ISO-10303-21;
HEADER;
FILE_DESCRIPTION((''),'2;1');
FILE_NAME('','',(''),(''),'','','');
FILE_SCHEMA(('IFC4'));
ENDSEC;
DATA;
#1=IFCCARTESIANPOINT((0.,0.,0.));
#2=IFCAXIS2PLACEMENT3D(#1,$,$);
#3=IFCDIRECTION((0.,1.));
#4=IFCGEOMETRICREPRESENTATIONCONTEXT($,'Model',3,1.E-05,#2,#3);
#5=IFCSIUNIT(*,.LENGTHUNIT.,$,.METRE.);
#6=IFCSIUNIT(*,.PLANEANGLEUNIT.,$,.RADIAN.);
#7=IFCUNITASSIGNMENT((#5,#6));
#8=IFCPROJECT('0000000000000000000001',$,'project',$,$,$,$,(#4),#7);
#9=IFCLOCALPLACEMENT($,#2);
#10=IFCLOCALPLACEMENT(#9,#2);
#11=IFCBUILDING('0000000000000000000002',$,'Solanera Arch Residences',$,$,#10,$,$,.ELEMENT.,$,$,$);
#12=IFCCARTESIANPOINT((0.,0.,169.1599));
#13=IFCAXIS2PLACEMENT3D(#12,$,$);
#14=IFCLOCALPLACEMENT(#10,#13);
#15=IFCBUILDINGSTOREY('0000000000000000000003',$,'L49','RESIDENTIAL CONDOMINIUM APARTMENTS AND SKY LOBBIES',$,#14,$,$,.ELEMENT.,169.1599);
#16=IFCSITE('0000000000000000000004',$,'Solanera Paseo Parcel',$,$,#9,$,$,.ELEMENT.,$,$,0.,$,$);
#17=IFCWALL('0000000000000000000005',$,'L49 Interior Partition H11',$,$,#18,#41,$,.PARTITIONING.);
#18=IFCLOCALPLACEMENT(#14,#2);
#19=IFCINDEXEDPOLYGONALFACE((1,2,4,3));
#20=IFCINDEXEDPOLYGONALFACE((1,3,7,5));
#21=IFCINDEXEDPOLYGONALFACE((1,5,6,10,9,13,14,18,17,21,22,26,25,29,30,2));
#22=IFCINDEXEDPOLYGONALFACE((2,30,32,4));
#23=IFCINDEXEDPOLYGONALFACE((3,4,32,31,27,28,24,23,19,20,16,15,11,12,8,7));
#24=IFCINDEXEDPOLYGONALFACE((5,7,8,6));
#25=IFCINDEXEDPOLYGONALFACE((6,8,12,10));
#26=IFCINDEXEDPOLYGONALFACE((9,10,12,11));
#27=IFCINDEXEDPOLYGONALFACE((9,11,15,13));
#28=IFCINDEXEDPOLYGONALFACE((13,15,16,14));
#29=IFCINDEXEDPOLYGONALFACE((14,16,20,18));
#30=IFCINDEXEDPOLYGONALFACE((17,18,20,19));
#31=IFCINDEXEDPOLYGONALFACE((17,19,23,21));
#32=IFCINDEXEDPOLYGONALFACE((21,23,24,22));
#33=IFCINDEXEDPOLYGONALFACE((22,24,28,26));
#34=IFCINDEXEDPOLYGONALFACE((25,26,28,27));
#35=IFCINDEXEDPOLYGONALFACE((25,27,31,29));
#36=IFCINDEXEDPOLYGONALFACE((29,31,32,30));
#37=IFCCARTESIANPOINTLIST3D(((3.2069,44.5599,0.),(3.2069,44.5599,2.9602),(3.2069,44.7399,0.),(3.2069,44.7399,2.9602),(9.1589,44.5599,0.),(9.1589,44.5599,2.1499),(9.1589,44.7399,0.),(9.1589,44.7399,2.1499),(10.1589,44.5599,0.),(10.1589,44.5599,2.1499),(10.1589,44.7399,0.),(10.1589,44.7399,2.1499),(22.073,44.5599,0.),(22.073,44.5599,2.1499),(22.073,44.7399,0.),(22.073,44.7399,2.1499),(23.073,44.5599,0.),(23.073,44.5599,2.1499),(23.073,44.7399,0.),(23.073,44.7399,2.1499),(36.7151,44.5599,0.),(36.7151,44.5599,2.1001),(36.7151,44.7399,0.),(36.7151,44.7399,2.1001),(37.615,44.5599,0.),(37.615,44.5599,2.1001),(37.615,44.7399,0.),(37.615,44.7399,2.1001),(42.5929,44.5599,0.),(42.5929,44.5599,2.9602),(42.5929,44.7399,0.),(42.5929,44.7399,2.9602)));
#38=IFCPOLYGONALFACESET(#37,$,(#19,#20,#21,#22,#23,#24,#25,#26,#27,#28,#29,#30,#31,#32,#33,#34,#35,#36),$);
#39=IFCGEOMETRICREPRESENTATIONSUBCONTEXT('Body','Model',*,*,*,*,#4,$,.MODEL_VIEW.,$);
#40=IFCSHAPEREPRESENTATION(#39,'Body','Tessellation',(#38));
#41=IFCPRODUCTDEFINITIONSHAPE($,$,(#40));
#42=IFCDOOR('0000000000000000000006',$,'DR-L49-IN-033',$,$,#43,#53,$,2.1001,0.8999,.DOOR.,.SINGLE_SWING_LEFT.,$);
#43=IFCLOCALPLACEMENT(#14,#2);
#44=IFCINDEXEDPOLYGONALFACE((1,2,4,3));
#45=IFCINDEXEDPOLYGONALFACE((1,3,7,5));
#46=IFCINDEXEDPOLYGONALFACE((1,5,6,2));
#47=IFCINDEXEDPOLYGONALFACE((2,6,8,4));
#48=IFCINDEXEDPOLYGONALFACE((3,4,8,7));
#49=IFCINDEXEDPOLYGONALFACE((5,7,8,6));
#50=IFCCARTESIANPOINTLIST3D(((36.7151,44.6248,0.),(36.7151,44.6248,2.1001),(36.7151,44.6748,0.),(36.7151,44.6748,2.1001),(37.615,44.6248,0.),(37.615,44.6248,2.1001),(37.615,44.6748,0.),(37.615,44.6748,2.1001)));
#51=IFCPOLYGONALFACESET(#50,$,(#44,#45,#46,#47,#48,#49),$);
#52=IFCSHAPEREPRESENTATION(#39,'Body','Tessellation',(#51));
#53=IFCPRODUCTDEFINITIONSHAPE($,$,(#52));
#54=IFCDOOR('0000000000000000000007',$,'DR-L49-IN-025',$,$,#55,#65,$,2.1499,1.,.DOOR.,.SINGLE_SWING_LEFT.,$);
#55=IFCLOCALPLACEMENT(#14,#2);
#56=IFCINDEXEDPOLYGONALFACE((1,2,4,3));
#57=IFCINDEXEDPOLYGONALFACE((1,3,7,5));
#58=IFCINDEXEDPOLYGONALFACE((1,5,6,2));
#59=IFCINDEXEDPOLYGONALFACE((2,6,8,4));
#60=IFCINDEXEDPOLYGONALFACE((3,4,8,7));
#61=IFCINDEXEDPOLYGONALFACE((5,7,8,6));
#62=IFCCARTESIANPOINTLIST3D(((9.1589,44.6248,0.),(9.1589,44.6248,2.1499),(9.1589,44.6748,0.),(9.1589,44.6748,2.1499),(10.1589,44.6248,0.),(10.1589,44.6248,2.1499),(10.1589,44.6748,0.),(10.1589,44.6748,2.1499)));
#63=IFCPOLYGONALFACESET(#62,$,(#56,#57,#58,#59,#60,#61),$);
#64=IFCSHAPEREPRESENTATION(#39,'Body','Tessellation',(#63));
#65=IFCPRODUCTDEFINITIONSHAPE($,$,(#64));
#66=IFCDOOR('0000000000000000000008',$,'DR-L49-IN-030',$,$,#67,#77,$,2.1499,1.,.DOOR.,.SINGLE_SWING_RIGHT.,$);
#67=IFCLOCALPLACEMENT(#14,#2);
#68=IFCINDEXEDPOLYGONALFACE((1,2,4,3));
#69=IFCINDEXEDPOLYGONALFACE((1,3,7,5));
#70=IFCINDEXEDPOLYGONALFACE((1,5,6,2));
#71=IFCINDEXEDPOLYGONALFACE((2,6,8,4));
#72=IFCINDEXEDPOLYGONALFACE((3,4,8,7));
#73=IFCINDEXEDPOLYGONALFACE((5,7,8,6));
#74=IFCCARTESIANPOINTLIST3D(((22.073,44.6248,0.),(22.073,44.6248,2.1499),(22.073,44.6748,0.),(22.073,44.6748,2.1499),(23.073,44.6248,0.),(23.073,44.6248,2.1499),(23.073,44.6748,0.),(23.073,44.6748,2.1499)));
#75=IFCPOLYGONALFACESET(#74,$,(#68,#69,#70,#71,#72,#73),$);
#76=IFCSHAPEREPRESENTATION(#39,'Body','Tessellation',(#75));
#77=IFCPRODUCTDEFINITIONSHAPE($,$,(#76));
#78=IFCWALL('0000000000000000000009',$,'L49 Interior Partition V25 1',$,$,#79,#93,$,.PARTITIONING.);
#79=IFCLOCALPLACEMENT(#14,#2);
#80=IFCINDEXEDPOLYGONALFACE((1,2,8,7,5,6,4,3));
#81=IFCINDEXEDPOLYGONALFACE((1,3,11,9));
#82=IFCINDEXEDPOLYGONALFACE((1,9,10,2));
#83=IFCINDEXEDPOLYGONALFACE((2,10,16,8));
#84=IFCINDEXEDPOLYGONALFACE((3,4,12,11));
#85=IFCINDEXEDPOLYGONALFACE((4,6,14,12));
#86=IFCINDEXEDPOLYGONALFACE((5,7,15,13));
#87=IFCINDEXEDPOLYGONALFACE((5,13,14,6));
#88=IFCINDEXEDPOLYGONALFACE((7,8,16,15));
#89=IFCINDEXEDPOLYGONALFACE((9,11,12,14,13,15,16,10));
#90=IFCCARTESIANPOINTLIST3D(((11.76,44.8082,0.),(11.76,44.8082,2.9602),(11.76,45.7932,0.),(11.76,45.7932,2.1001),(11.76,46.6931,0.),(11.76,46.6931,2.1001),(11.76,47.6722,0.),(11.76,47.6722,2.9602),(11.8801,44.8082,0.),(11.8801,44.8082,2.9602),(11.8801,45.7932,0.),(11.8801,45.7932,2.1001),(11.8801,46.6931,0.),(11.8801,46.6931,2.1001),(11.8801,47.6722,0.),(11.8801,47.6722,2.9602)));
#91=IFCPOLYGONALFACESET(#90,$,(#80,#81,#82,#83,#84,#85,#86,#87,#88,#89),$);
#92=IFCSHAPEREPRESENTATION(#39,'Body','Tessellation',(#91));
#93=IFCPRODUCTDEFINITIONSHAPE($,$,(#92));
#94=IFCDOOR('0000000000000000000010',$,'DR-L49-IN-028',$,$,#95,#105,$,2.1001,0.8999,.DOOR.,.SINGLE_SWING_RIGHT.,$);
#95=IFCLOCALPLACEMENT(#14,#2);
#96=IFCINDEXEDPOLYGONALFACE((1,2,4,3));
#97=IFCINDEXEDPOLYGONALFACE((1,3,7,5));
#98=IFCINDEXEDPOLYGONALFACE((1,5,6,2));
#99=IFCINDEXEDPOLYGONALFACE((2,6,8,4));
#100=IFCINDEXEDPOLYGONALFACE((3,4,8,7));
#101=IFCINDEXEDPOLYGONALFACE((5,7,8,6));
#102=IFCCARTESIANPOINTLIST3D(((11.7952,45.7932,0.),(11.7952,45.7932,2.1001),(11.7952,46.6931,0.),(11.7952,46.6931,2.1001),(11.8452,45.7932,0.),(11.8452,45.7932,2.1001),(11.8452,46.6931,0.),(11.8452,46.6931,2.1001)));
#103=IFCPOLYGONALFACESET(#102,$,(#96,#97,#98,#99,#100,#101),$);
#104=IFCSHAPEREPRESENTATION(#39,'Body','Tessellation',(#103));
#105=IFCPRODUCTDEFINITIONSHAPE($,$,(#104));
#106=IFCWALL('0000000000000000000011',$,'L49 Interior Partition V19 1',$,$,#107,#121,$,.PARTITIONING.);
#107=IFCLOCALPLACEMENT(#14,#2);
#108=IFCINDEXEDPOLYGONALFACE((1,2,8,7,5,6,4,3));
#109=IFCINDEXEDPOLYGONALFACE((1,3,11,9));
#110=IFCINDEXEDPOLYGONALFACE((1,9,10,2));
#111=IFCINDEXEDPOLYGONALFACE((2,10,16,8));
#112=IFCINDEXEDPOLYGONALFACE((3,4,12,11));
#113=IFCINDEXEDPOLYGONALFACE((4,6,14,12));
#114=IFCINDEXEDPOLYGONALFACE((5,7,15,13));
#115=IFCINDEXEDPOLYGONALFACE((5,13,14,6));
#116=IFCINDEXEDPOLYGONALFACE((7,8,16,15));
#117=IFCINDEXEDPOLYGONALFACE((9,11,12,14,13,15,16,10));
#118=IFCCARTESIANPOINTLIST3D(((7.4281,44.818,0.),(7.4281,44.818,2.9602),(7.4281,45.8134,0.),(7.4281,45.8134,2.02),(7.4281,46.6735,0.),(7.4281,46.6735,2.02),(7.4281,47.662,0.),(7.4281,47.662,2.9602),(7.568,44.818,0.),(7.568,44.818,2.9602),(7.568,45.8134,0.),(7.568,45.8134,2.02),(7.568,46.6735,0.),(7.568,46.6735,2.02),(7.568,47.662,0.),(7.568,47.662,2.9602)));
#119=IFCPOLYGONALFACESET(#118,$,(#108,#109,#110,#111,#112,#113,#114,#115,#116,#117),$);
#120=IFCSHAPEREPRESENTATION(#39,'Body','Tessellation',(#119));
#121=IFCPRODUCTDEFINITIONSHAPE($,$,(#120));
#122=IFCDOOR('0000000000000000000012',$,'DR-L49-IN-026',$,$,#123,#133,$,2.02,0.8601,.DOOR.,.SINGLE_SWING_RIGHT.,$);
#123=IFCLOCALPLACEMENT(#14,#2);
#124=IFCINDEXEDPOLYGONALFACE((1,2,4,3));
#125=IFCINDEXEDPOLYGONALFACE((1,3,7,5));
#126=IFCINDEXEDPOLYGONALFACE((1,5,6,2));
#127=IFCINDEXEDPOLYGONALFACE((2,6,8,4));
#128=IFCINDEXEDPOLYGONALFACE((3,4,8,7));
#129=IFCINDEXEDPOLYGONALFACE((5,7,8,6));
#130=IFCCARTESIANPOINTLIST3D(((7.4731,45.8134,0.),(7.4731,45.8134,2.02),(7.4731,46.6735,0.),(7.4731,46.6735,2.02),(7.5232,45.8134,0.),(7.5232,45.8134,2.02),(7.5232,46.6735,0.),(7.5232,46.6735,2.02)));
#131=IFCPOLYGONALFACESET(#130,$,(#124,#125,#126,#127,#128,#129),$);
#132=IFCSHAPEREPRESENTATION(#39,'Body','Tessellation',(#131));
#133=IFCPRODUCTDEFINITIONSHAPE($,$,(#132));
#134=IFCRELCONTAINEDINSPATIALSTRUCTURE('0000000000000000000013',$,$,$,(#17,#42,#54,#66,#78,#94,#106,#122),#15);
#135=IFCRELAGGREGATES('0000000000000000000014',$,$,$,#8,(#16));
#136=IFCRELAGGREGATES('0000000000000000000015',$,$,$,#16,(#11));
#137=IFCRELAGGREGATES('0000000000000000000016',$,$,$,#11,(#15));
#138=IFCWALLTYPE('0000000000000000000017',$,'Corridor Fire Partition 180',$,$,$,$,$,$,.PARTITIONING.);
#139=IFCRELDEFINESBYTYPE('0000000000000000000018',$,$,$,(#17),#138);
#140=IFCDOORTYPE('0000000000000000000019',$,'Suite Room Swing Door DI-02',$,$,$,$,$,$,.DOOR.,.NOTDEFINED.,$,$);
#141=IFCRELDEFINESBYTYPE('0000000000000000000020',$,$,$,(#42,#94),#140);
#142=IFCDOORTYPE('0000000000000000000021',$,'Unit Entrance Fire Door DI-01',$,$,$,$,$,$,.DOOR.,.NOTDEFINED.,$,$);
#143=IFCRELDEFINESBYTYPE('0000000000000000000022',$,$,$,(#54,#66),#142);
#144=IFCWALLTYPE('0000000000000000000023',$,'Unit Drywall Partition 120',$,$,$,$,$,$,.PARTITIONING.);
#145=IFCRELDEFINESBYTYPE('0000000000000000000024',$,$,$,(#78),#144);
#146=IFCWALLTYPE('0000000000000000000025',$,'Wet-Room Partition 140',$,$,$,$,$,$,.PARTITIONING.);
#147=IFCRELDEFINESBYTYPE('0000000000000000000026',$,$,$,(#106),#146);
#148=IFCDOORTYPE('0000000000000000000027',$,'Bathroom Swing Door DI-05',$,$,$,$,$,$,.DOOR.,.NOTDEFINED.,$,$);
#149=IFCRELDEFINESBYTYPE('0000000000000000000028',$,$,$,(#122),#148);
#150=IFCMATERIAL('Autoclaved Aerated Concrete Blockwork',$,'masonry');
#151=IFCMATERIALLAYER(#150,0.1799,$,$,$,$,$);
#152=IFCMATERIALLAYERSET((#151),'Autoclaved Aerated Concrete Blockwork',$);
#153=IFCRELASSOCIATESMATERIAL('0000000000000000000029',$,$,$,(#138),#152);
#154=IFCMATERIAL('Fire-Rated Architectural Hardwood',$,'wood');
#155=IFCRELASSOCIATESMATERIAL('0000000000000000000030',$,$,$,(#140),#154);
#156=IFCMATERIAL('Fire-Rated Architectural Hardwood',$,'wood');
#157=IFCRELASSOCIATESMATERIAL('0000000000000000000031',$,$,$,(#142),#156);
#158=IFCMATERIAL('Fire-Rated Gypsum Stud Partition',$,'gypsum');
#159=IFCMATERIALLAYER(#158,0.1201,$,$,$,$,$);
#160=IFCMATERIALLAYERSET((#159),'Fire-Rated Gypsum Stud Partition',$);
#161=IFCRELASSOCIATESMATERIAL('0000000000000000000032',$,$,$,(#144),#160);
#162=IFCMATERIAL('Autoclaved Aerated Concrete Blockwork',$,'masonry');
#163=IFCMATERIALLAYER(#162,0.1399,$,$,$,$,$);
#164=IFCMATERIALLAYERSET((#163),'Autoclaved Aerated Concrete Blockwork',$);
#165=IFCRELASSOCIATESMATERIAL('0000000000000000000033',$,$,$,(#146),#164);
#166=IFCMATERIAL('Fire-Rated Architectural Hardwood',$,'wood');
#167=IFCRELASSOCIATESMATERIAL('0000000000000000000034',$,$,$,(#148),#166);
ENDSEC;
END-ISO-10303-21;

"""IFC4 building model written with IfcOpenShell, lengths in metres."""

from ifc_helpers import new_model, si_unit, direction, frame, frame_2d, origin, place, context, subcontext, project, spatial, rectangle, extrude, material, layer, layer_set, type_object, element, fill, save


model = new_model("IFC4")

# Units and contexts
model_context = context("Model", 3, precision=1e-05, world=origin(), true_north=direction((0.0, 1.0)))
body_context = subcontext(model_context, "Body", "Model", "MODEL_VIEW")
ifc_project = project(units=[si_unit("LENGTHUNIT", "METRE"), si_unit("PLANEANGLEUNIT", "RADIAN")], contexts=[model_context])

# Site, building, storey
site_placement = place(None, origin())
site = spatial("IfcSite", under=ifc_project, at=site_placement, Name="Solanera Paseo Parcel", CompositionType="ELEMENT", RefElevation=0.0)
building_placement = place(site_placement, origin())
building = spatial("IfcBuilding", under=site, at=building_placement, Name="Solanera Arch Residences", CompositionType="ELEMENT")
storey_placement = place(building_placement, frame((0.0, 0.0, 169.1599)))
storey = spatial("IfcBuildingStorey", under=building, at=storey_placement, Name="L49", Description="RESIDENTIAL CONDOMINIUM APARTMENTS AND SKY LOBBIES", CompositionType="ELEMENT", Elevation=169.1599)

# Wall, openings, doors
ifc_material_1 = material(Name="Autoclaved Aerated Concrete Blockwork", Category="masonry")
ifc_layer_1 = layer(ifc_material_1, 0.1799)
ifc_layer_set_1 = layer_set([ifc_layer_1], Name="Autoclaved Aerated Concrete Blockwork")
wall_type_1 = type_object("IfcWallType", Name="Corridor Fire Partition 180", PredefinedType="PARTITIONING", material=ifc_layer_set_1)
wall_1_placement = place(storey_placement, frame((3.207, 44.6499, 0.0), z_axis=(0.0, 0.0, 1.0), x_axis=(1.0, 0.0, 0.0)))
wall_1 = element("IfcWall", 1, at=wall_1_placement, inside=storey, type_object=wall_type_1, Name="L49 Interior Partition H11", PredefinedType="PARTITIONING", context=body_context, shape_type="SweptSolid", body=[
    extrude(rectangle(XDim=39.386, YDim=0.1799, at=frame_2d((19.6929, 0.0))), origin(), (0.0, 0.0, 1.0), 2.9602),
])
opening_1_placement = place(wall_1_placement, frame((5.9519, 0.0, 0.0)))
opening_1 = element("IfcOpeningElement", 2, at=opening_1_placement, cuts=wall_1, PredefinedType="OPENING", context=body_context, shape_type="SweptSolid", body=[
    extrude(rectangle(XDim=1.0, YDim=2.1499, at=frame_2d((0.5, 1.075))), frame((0.0, 0.1001, 0.0), z_axis=(0.0, -1.0, 0.0), x_axis=(1.0, 0.0, 0.0)), (0.0, 0.0, 1.0), 0.1999),
])
opening_2_placement = place(wall_1_placement, frame((18.866, 0.0, 0.0)))
opening_2 = element("IfcOpeningElement", 3, at=opening_2_placement, cuts=wall_1, PredefinedType="OPENING", context=body_context, shape_type="SweptSolid", body=[
    extrude(rectangle(XDim=1.0, YDim=2.1499, at=frame_2d((0.5, 1.075))), frame((0.0, 0.1001, 0.0), z_axis=(0.0, -1.0, 0.0), x_axis=(1.0, 0.0, 0.0)), (0.0, 0.0, 1.0), 0.1999),
])
opening_3_placement = place(wall_1_placement, frame((33.5081, 0.0, 0.0)))
opening_3 = element("IfcOpeningElement", 4, at=opening_3_placement, cuts=wall_1, PredefinedType="OPENING", context=body_context, shape_type="SweptSolid", body=[
    extrude(rectangle(XDim=0.8999, YDim=2.1001, at=frame_2d((0.45, 1.05))), frame((0.0, 0.1001, 0.0), z_axis=(0.0, -1.0, 0.0), x_axis=(1.0, 0.0, 0.0)), (0.0, 0.0, 1.0), 0.1999),
])
ifc_material_2 = material(Name="Fire-Rated Architectural Hardwood", Category="wood")
door_type_1 = type_object("IfcDoorType", Name="Suite Room Swing Door DI-02", OperationType="NOTDEFINED", PredefinedType="DOOR", material=ifc_material_2)
door_1_placement = place(opening_3_placement, origin())
door_1 = element("IfcDoor", 5, at=door_1_placement, inside=storey, type_object=door_type_1, Name="DR-L49-IN-033", OperationType="SINGLE_SWING_LEFT", OverallHeight=2.1001, OverallWidth=0.8999, PredefinedType="DOOR", context=body_context, shape_type="SweptSolid", body=[
    extrude(rectangle(XDim=0.8999, YDim=2.1001, at=frame_2d((0.45, 1.05))), frame((0.0, 0.0249, 0.0), z_axis=(0.0, -1.0, 0.0), x_axis=(1.0, 0.0, 0.0)), (0.0, 0.0, 1.0), 0.05),
])
fill(opening_3, door_1)
ifc_material_3 = material(Name="Fire-Rated Architectural Hardwood", Category="wood")
door_type_2 = type_object("IfcDoorType", Name="Unit Entrance Fire Door DI-01", OperationType="NOTDEFINED", PredefinedType="DOOR", material=ifc_material_3)
door_2_placement = place(opening_1_placement, origin())
door_2 = element("IfcDoor", 6, at=door_2_placement, inside=storey, type_object=door_type_2, Name="DR-L49-IN-025", OperationType="SINGLE_SWING_LEFT", OverallHeight=2.1499, OverallWidth=1.0, PredefinedType="DOOR", context=body_context, shape_type="SweptSolid", body=[
    extrude(rectangle(XDim=1.0, YDim=2.1499, at=frame_2d((0.5, 1.075))), frame((0.0, 0.0249, 0.0), z_axis=(0.0, -1.0, 0.0), x_axis=(1.0, 0.0, 0.0)), (0.0, 0.0, 1.0), 0.05),
])
fill(opening_1, door_2)
door_3_placement = place(opening_2_placement, origin())
door_3 = element("IfcDoor", 7, at=door_3_placement, inside=storey, type_object=door_type_2, Name="DR-L49-IN-030", OperationType="SINGLE_SWING_RIGHT", OverallHeight=2.1499, OverallWidth=1.0, PredefinedType="DOOR", context=body_context, shape_type="SweptSolid", body=[
    extrude(rectangle(XDim=1.0, YDim=2.1499, at=frame_2d((0.5, 1.075))), frame((0.0, 0.0249, 0.0), z_axis=(0.0, -1.0, 0.0), x_axis=(1.0, 0.0, 0.0)), (0.0, 0.0, 1.0), 0.05),
])
fill(opening_2, door_3)

# Walls, openings, doors
ifc_material_4 = material(Name="Fire-Rated Gypsum Stud Partition", Category="gypsum")
ifc_layer_2 = layer(ifc_material_4, 0.1201)
ifc_layer_set_2 = layer_set([ifc_layer_2], Name="Fire-Rated Gypsum Stud Partition")
wall_type_2 = type_object("IfcWallType", Name="Unit Drywall Partition 120", PredefinedType="PARTITIONING", material=ifc_layer_set_2)
wall_2_placement = place(storey_placement, frame((11.8201, 44.8081, 0.0), z_axis=(0.0, 0.0, 1.0), x_axis=(0.0, 1.0, 0.0)))
wall_2 = element("IfcWall", 8, at=wall_2_placement, inside=storey, type_object=wall_type_2, Name="L49 Interior Partition V25 1", PredefinedType="PARTITIONING", context=body_context, shape_type="SweptSolid", body=[
    extrude(rectangle(XDim=2.864, YDim=0.1201, at=frame_2d((1.4321, 0.0))), origin(), (0.0, 0.0, 1.0), 2.9602),
])
opening_4_placement = place(wall_2_placement, frame((0.9851, 0.0, 0.0)))
opening_4 = element("IfcOpeningElement", 9, at=opening_4_placement, cuts=wall_2, PredefinedType="OPENING", context=body_context, shape_type="SweptSolid", body=[
    extrude(rectangle(XDim=0.8999, YDim=2.1001, at=frame_2d((0.45, 1.05))), frame((0.0, 0.0701, 0.0), z_axis=(0.0, -1.0, 0.0), x_axis=(1.0, 0.0, 0.0)), (0.0, 0.0, 1.0), 0.1401),
])
door_4_placement = place(opening_4_placement, origin())
door_4 = element("IfcDoor", 10, at=door_4_placement, inside=storey, type_object=door_type_1, Name="DR-L49-IN-028", OperationType="SINGLE_SWING_RIGHT", OverallHeight=2.1001, OverallWidth=0.8999, PredefinedType="DOOR", context=body_context, shape_type="SweptSolid", body=[
    extrude(rectangle(XDim=0.8999, YDim=2.1001, at=frame_2d((0.45, 1.05))), frame((0.0, 0.0249, 0.0), z_axis=(0.0, -1.0, 0.0), x_axis=(1.0, 0.0, 0.0)), (0.0, 0.0, 1.0), 0.05),
])
fill(opening_4, door_4)
ifc_material_5 = material(Name="Autoclaved Aerated Concrete Blockwork", Category="masonry")
ifc_layer_3 = layer(ifc_material_5, 0.1399)
ifc_layer_set_3 = layer_set([ifc_layer_3], Name="Autoclaved Aerated Concrete Blockwork")
wall_type_3 = type_object("IfcWallType", Name="Wet-Room Partition 140", PredefinedType="PARTITIONING", material=ifc_layer_set_3)
wall_3_placement = place(storey_placement, frame((7.498, 44.8181, 0.0), z_axis=(0.0, 0.0, 1.0), x_axis=(0.0, 1.0, 0.0)))
wall_3 = element("IfcWall", 11, at=wall_3_placement, inside=storey, type_object=wall_type_3, Name="L49 Interior Partition V19 1", PredefinedType="PARTITIONING", context=body_context, shape_type="SweptSolid", body=[
    extrude(rectangle(XDim=2.844, YDim=0.1399, at=frame_2d((1.4219, 0.0))), origin(), (0.0, 0.0, 1.0), 2.9602),
])
opening_5_placement = place(wall_3_placement, frame((0.9951, 0.0, 0.0)))
opening_5 = element("IfcOpeningElement", 12, at=opening_5_placement, cuts=wall_3, PredefinedType="OPENING", context=body_context, shape_type="SweptSolid", body=[
    extrude(rectangle(XDim=0.8601, YDim=2.02, at=frame_2d((0.4302, 1.01))), frame((0.0, 0.0798, 0.0), z_axis=(0.0, -1.0, 0.0), x_axis=(1.0, 0.0, 0.0)), (0.0, 0.0, 1.0), 0.1599),
])
ifc_material_6 = material(Name="Fire-Rated Architectural Hardwood", Category="wood")
door_type_3 = type_object("IfcDoorType", Name="Bathroom Swing Door DI-05", OperationType="NOTDEFINED", PredefinedType="DOOR", material=ifc_material_6)
door_5_placement = place(opening_5_placement, origin())
door_5 = element("IfcDoor", 13, at=door_5_placement, inside=storey, type_object=door_type_3, Name="DR-L49-IN-026", OperationType="SINGLE_SWING_RIGHT", OverallHeight=2.02, OverallWidth=0.8601, PredefinedType="DOOR", context=body_context, shape_type="SweptSolid", body=[
    extrude(rectangle(XDim=0.8601, YDim=2.02, at=frame_2d((0.4302, 1.01))), frame((0.0, 0.0249, 0.0), z_axis=(0.0, -1.0, 0.0), x_axis=(1.0, 0.0, 0.0)), (0.0, 0.0, 1.0), 0.05),
])
fill(opening_5, door_5)

save(model, "model.ifc")
